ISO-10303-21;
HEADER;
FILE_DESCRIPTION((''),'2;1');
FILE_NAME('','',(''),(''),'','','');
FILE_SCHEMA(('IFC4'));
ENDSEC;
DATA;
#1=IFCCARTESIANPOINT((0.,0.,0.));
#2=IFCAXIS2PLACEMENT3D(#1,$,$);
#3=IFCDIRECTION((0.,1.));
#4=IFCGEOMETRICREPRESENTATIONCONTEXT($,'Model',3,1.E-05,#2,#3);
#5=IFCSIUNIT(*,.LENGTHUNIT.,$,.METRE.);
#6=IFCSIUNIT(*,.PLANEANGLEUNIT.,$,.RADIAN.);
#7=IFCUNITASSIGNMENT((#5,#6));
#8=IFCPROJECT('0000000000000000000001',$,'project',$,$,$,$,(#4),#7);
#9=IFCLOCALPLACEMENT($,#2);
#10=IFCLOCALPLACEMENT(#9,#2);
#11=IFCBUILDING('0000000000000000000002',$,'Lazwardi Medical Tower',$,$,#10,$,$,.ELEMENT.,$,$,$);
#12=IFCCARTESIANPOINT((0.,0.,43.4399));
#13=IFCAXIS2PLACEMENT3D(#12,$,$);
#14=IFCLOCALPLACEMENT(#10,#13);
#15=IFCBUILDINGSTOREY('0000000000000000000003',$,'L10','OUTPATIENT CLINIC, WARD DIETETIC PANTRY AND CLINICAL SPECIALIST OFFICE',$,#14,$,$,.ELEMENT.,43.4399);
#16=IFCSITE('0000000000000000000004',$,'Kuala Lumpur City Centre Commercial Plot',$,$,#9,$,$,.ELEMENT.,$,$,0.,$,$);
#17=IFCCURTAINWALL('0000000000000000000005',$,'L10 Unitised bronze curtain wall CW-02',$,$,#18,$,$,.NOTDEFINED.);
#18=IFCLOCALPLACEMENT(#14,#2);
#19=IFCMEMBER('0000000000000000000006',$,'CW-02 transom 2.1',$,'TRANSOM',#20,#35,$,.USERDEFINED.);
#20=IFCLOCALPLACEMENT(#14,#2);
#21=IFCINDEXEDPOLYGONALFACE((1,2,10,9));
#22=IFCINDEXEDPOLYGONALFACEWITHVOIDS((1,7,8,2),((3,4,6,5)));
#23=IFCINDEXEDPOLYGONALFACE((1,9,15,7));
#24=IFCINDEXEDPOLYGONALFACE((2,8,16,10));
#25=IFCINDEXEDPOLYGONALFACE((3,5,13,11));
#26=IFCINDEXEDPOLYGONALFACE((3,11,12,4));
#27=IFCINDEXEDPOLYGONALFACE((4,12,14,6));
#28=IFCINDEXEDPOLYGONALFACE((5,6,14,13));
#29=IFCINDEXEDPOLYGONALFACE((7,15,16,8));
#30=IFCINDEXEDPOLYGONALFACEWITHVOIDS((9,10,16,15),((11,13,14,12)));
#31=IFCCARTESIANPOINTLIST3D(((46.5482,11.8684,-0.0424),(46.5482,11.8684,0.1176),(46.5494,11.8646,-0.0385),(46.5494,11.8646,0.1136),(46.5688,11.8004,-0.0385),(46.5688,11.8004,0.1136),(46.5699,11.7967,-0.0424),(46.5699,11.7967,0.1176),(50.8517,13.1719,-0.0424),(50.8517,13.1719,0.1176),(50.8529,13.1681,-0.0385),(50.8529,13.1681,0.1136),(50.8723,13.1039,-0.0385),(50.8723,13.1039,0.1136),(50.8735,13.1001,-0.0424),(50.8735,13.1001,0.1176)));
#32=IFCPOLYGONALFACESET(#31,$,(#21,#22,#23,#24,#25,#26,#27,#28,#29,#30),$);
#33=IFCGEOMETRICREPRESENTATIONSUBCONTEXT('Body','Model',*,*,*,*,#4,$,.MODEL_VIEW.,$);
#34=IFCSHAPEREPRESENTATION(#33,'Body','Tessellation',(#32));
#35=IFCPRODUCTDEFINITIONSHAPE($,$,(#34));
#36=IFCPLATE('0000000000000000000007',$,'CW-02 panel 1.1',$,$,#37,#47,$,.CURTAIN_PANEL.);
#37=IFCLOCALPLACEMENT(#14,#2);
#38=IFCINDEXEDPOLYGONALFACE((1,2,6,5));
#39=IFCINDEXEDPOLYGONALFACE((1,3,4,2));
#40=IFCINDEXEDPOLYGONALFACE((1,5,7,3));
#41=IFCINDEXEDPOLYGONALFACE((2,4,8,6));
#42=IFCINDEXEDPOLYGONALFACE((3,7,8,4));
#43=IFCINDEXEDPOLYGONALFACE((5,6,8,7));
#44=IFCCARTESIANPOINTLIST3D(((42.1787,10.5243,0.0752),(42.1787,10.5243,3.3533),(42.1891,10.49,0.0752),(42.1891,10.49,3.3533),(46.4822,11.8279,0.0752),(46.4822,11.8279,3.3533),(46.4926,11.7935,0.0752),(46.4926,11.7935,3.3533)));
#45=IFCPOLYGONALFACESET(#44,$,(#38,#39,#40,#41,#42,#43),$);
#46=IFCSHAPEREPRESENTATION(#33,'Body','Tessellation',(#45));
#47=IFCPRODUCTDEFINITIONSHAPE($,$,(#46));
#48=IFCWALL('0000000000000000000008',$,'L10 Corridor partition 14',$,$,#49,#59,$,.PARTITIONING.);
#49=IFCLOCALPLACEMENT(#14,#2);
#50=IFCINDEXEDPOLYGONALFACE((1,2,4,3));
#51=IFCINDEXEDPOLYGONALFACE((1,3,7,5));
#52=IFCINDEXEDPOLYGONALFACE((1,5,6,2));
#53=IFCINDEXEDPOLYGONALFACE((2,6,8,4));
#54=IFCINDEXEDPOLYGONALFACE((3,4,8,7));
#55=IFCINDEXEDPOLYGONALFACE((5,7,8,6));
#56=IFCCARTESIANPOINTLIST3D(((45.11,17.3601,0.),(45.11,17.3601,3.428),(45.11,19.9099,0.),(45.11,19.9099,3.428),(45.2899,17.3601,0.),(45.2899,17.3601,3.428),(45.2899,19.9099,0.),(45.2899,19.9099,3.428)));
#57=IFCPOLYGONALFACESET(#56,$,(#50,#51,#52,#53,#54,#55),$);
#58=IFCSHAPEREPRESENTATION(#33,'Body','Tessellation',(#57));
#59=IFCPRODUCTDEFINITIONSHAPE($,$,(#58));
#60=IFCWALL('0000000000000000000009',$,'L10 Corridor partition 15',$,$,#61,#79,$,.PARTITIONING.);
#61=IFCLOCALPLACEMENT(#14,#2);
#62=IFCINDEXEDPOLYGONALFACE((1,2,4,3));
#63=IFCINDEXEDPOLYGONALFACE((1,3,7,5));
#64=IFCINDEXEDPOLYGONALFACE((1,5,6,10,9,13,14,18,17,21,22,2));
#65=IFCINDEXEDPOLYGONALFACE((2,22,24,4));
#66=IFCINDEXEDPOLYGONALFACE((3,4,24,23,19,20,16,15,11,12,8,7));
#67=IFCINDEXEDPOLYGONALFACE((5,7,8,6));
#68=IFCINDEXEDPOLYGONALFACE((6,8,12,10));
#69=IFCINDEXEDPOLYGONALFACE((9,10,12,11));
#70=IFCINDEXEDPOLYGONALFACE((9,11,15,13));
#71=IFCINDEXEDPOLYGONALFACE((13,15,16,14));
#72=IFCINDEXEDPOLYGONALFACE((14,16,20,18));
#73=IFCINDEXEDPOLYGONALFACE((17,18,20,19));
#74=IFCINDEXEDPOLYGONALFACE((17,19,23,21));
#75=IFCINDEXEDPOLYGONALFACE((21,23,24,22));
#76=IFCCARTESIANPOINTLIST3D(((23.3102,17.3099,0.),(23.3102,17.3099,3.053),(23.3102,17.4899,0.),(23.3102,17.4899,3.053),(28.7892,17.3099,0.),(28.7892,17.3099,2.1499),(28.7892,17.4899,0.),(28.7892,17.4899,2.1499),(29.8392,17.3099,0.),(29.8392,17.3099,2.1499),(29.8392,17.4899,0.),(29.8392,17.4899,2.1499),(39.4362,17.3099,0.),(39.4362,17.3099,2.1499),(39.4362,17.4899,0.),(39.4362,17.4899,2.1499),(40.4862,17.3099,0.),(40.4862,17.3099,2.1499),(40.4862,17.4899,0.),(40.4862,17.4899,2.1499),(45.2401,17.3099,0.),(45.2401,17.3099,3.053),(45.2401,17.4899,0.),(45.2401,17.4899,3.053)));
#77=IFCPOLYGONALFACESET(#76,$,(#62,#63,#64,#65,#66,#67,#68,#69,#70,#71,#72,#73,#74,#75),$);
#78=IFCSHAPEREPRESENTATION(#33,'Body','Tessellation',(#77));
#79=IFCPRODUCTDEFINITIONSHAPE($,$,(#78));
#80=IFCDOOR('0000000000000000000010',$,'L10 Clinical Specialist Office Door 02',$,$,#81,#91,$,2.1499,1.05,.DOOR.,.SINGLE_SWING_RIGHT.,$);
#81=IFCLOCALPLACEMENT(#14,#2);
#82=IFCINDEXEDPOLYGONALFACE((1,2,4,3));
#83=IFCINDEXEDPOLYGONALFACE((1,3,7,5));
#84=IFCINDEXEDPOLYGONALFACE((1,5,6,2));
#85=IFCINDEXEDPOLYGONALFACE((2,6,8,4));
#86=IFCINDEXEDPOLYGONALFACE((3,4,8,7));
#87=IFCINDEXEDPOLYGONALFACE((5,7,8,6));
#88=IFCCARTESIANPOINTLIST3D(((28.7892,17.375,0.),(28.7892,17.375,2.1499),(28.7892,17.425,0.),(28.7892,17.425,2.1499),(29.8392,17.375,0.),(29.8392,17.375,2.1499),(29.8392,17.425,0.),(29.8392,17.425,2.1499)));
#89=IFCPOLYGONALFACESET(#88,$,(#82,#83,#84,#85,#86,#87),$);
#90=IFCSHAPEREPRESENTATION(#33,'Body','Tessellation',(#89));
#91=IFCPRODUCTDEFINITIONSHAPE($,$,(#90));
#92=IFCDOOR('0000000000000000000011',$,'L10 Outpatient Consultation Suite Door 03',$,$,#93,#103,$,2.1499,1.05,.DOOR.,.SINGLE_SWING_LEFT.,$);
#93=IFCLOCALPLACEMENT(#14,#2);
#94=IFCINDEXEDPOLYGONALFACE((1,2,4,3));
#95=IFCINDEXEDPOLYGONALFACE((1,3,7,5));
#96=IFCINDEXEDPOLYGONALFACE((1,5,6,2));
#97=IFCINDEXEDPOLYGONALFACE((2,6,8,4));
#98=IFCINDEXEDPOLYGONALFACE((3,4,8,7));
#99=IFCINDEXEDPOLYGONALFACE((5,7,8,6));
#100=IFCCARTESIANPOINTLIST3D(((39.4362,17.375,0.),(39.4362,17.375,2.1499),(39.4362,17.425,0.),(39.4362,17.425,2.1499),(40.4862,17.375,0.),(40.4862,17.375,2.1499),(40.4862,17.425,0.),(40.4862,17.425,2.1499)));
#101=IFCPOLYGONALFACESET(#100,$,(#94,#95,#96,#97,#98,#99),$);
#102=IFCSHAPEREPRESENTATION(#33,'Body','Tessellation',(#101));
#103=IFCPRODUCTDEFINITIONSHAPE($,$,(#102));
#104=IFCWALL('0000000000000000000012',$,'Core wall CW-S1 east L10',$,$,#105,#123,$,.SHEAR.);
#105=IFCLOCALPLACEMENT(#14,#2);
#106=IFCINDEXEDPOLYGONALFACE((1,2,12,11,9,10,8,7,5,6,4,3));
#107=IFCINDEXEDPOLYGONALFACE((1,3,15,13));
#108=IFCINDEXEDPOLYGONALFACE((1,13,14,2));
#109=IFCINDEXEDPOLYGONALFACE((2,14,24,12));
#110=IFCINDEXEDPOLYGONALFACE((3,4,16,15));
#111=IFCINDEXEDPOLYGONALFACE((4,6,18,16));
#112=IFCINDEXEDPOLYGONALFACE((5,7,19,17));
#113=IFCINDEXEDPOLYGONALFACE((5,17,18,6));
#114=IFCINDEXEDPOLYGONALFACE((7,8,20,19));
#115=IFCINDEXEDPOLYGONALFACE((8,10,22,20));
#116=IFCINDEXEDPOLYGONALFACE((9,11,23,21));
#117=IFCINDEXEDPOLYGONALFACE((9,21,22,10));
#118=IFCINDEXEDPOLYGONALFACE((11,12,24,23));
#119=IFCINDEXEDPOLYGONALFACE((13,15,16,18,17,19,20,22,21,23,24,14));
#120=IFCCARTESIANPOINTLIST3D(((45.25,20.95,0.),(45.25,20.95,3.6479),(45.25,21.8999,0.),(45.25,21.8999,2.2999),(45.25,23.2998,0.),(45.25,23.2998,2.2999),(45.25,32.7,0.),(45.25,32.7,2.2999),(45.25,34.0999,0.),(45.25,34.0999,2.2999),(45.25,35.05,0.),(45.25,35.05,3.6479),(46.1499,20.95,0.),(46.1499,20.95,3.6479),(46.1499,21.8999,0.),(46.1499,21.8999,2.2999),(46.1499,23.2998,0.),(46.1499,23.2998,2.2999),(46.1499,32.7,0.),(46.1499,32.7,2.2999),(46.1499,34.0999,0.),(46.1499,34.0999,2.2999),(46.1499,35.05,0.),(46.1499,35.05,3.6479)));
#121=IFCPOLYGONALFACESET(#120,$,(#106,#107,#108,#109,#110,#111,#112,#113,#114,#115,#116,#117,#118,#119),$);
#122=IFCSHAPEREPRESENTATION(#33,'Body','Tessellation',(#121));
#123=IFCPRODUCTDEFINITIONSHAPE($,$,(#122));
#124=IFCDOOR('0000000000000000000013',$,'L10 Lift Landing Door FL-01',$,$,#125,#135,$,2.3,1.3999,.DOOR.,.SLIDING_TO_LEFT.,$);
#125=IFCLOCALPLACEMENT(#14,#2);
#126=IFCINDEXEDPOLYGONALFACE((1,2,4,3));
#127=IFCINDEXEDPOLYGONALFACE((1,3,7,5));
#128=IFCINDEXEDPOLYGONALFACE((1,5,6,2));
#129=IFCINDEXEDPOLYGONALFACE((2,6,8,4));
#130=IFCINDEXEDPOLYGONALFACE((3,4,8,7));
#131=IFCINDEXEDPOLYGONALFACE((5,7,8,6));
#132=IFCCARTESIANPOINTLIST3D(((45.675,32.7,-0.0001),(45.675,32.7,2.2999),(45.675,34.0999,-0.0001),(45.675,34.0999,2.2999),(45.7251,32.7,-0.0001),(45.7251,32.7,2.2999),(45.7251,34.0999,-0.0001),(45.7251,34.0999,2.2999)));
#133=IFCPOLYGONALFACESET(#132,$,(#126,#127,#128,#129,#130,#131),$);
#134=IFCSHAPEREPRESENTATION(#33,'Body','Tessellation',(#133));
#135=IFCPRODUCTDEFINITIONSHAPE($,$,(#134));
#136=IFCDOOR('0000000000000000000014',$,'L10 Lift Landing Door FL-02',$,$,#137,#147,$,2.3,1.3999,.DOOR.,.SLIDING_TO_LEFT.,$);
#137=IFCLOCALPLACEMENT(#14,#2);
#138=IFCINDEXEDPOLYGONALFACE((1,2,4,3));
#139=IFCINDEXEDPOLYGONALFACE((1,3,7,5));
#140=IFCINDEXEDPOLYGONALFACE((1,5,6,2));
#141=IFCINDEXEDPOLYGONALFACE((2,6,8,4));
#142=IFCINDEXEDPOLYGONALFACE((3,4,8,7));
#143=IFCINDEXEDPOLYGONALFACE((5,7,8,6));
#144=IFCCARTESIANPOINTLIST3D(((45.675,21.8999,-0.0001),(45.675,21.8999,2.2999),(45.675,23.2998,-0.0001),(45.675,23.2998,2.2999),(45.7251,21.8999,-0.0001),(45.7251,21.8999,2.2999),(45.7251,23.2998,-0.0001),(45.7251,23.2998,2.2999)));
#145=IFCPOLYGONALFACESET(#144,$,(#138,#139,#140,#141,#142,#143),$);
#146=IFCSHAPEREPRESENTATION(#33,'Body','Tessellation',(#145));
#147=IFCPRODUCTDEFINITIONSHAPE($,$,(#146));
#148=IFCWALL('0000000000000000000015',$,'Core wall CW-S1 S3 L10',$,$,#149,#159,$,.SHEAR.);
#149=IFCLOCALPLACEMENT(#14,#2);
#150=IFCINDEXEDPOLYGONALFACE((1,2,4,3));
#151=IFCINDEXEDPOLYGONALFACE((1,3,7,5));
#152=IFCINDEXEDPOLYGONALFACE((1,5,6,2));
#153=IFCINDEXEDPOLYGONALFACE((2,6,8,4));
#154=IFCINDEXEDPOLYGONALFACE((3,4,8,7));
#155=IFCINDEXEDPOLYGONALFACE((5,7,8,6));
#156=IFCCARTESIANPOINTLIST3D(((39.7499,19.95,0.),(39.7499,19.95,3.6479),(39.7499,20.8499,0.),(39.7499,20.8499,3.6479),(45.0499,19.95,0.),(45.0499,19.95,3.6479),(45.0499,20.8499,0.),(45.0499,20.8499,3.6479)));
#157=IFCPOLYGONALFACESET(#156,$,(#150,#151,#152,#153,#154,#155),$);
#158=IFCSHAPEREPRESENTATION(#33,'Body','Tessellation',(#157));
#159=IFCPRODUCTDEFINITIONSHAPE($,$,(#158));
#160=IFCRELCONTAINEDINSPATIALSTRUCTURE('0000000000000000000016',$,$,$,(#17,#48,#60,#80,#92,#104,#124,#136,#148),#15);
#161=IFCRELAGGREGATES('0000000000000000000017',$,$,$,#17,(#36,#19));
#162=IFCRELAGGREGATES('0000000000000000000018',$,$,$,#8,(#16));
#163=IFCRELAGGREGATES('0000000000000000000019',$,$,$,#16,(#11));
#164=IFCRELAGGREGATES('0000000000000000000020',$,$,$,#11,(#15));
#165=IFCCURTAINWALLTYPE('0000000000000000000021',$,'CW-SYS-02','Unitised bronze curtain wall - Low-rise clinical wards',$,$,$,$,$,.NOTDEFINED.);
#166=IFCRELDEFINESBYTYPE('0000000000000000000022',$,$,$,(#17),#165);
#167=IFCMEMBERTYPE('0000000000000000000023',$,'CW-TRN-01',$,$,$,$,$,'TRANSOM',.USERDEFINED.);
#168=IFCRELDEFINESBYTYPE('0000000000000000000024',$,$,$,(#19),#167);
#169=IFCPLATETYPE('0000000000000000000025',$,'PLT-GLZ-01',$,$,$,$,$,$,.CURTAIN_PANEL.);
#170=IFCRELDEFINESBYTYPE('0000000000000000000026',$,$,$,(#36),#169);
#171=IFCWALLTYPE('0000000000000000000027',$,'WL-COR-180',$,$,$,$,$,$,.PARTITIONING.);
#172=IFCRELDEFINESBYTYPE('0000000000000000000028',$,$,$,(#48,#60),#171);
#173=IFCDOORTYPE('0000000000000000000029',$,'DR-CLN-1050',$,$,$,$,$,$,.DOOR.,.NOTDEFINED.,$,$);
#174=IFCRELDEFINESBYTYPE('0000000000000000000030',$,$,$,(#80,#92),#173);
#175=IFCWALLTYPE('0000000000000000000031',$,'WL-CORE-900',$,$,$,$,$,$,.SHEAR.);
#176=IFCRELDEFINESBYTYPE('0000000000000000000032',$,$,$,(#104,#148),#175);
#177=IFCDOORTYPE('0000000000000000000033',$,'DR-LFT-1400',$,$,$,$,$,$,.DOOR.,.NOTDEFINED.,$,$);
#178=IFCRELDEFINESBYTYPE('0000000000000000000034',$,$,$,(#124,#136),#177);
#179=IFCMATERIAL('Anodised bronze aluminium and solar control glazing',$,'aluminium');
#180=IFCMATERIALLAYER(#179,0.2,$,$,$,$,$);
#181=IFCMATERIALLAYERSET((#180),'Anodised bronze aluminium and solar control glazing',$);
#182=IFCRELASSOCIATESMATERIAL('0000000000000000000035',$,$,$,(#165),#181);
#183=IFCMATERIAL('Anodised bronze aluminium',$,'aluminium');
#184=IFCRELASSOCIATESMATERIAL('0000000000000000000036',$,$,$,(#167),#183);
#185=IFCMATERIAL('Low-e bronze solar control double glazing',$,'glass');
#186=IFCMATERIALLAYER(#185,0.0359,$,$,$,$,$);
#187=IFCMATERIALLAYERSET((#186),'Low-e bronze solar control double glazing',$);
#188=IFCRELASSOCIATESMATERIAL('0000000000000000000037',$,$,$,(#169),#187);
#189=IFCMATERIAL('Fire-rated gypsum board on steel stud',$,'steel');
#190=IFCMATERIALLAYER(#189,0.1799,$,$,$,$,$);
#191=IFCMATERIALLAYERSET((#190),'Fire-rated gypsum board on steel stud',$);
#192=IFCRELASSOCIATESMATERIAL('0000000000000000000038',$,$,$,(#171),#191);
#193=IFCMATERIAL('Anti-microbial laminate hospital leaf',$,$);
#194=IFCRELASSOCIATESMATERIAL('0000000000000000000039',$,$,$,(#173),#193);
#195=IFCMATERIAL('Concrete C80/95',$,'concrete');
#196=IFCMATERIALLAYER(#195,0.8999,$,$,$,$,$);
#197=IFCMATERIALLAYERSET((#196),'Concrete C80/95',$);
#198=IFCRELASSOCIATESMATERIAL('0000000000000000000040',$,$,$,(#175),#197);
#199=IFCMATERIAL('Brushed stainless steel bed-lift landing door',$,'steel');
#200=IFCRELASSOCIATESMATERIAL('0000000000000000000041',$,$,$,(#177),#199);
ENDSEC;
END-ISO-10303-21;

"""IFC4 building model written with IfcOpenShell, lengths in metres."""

from ifc_helpers import new_model, si_unit, direction, frame, frame_2d, origin, origin_2d, place, context, subcontext, project, spatial, rectangle, hollow_rectangle, extrude, material, layer, layer_set, material_profile, profile_set, type_object, element, fill, aggregate, save


model = new_model("IFC4")

# Units and contexts
model_context = context("Model", 3, precision=1e-05, world=origin(), true_north=direction((0.0, 1.0)))
body_context = subcontext(model_context, "Body", "Model", "MODEL_VIEW")
ifc_project = project(units=[si_unit("LENGTHUNIT", "METRE"), si_unit("PLANEANGLEUNIT", "RADIAN")], contexts=[model_context])

# Site, building, storey
site_placement = place(None, origin())
site = spatial("IfcSite", under=ifc_project, at=site_placement, Name="Kuala Lumpur City Centre Commercial Plot", CompositionType="ELEMENT", RefElevation=0.0)
building_placement = place(site_placement, origin())
building = spatial("IfcBuilding", under=site, at=building_placement, Name="Lazwardi Medical Tower", CompositionType="ELEMENT")
storey_placement = place(building_placement, frame((0.0, 0.0, 43.4399)))
storey = spatial("IfcBuildingStorey", under=building, at=storey_placement, Name="L10", Description="OUTPATIENT CLINIC, WARD DIETETIC PANTRY AND CLINICAL SPECIALIST OFFICE", CompositionType="ELEMENT", Elevation=43.4399)

# Shared definitions
ifc_material_1 = material(Name="Concrete C80/95", Category="concrete")

# Curtain wall, member, plate
ifc_material_2 = material(Name="Anodised bronze aluminium and solar control glazing", Category="aluminium")
ifc_layer_1 = layer(ifc_material_2, 0.2)
ifc_layer_set_1 = layer_set([ifc_layer_1], Name="Anodised bronze aluminium and solar control glazing")
curtain_wall_type = type_object("IfcCurtainWallType", Name="CW-SYS-02", Description="Unitised bronze curtain wall - Low-rise clinical wards", PredefinedType="NOTDEFINED", material=ifc_layer_set_1)
curtain_wall_placement = place(storey_placement, origin())
curtain_wall = element("IfcCurtainWall", 1, at=curtain_wall_placement, inside=storey, type_object=curtain_wall_type, Name="L10 Unitised bronze curtain wall CW-02", PredefinedType="NOTDEFINED")
ifc_material_3 = material(Name="Anodised bronze aluminium", Category="aluminium")
ifc_material_profile_1 = material_profile(ifc_material_3, hollow_rectangle(XDim=0.075, YDim=0.1599, WallThickness=0.0039, at=origin_2d()), Name="ALU-TRANSOM 160x75x4")
ifc_profile_set_1 = profile_set([ifc_material_profile_1], Name="Anodised bronze aluminium")
member_type_1 = type_object("IfcMemberType", Name="CW-TRN-01", ElementType="TRANSOM", PredefinedType="USERDEFINED", material=ifc_profile_set_1)
member_1_placement = place(storey_placement, frame((46.5591, 11.8325, 0.0376), z_axis=(0.957062, 0.289882, 0.0), x_axis=(-0.289882, 0.957062, 0.0)))
member_1 = element("IfcMember", 2, at=member_1_placement, type_object=member_type_1, Name="CW-02 transom 2.1", ObjectType="TRANSOM", PredefinedType="USERDEFINED", context=body_context, shape_type="SweptSolid", body=[
    extrude(hollow_rectangle(XDim=0.075, YDim=0.1599, WallThickness=0.0039, at=origin_2d()), origin(), (0.0, 0.0, 1.0), 4.4966),
])
ifc_material_4 = material(Name="Low-e bronze solar control double glazing", Category="glass")
ifc_layer_2 = layer(ifc_material_4, 0.0359)
ifc_layer_set_2 = layer_set([ifc_layer_2], Name="Low-e bronze solar control double glazing")
plate_type = type_object("IfcPlateType", Name="PLT-GLZ-01", PredefinedType="CURTAIN_PANEL", material=ifc_layer_set_2)
plate_placement = place(storey_placement, frame((44.3357, 11.1589, 0.0752), z_axis=(0.0, 0.0, 1.0), x_axis=(0.957058, 0.289896, 0.0)))
plate = element("IfcPlate", 3, at=plate_placement, type_object=plate_type, Name="CW-02 panel 1.1", PredefinedType="CURTAIN_PANEL", context=body_context, shape_type="SweptSolid", body=[
    extrude(rectangle(XDim=4.4966, YDim=0.0359, at=origin_2d()), origin(), (0.0, 0.0, 1.0), 3.2781),
])
aggregate(curtain_wall, [plate, member_1])

# Wall
ifc_material_5 = material(Name="Fire-rated gypsum board on steel stud", Category="steel")
ifc_layer_3 = layer(ifc_material_5, 0.1799)
ifc_layer_set_3 = layer_set([ifc_layer_3], Name="Fire-rated gypsum board on steel stud")
wall_type_1 = type_object("IfcWallType", Name="WL-COR-180", PredefinedType="PARTITIONING", material=ifc_layer_set_3)
wall_1_placement = place(storey_placement, frame((45.2, 19.9099, 0.0), z_axis=(0.0, 0.0, 1.0), x_axis=(0.0, -1.0, 0.0)))
element("IfcWall", 4, at=wall_1_placement, inside=storey, type_object=wall_type_1, Name="L10 Corridor partition 14", PredefinedType="PARTITIONING", context=body_context, shape_type="SweptSolid", body=[
    extrude(rectangle(XDim=2.5498, YDim=0.1799, at=frame_2d((1.2749, 0.0))), origin(), (0.0, 0.0, 1.0), 3.428),
])

# Walls, openings, doors
wall_2_placement = place(storey_placement, frame((45.24, 17.3999, 0.0), z_axis=(0.0, 0.0, 1.0), x_axis=(-1.0, 0.0, 0.0)))
wall_2 = element("IfcWall", 5, at=wall_2_placement, inside=storey, type_object=wall_type_1, Name="L10 Corridor partition 15", PredefinedType="PARTITIONING", context=body_context, shape_type="SweptSolid", body=[
    extrude(rectangle(XDim=21.9299, YDim=0.1799, at=frame_2d((10.9648, 0.0))), origin(), (0.0, 0.0, 1.0), 3.053),
])
opening_1_placement = place(wall_2_placement, frame((15.4009, 0.0, 0.0)))
opening_1 = element("IfcOpeningElement", 6, at=opening_1_placement, cuts=wall_2, PredefinedType="OPENING", context=body_context, shape_type="SweptSolid", body=[
    extrude(rectangle(XDim=1.05, YDim=2.1499, at=frame_2d((0.5249, 1.075))), frame((0.0, 0.0999, 0.0), z_axis=(0.0, -1.0, 0.0), x_axis=(1.0, 0.0, 0.0)), (0.0, 0.0, 1.0), 0.2),
])
opening_2_placement = place(wall_2_placement, frame((4.7539, 0.0, 0.0)))
opening_2 = element("IfcOpeningElement", 7, at=opening_2_placement, cuts=wall_2, PredefinedType="OPENING", context=body_context, shape_type="SweptSolid", body=[
    extrude(rectangle(XDim=1.05, YDim=2.1499, at=frame_2d((0.5249, 1.075))), frame((0.0, 0.0999, 0.0), z_axis=(0.0, -1.0, 0.0), x_axis=(1.0, 0.0, 0.0)), (0.0, 0.0, 1.0), 0.2),
])
ifc_material_6 = material(Name="Anti-microbial laminate hospital leaf")
door_type_1 = type_object("IfcDoorType", Name="DR-CLN-1050", OperationType="NOTDEFINED", PredefinedType="DOOR", material=ifc_material_6)
door_1_placement = place(opening_1_placement, origin())
door_1 = element("IfcDoor", 8, at=door_1_placement, inside=storey, type_object=door_type_1, Name="L10 Clinical Specialist Office Door 02", OperationType="SINGLE_SWING_RIGHT", OverallHeight=2.1499, OverallWidth=1.05, PredefinedType="DOOR", context=body_context, shape_type="SweptSolid", body=[
    extrude(rectangle(XDim=1.05, YDim=2.1499, at=frame_2d((0.5249, 1.075))), frame((0.0, 0.0249, 0.0), z_axis=(0.0, -1.0, 0.0), x_axis=(1.0, 0.0, 0.0)), (0.0, 0.0, 1.0), 0.05),
])
fill(opening_1, door_1)
door_2_placement = place(opening_2_placement, origin())
door_2 = element("IfcDoor", 9, at=door_2_placement, inside=storey, type_object=door_type_1, Name="L10 Outpatient Consultation Suite Door 03", OperationType="SINGLE_SWING_LEFT", OverallHeight=2.1499, OverallWidth=1.05, PredefinedType="DOOR", context=body_context, shape_type="SweptSolid", body=[
    extrude(rectangle(XDim=1.05, YDim=2.1499, at=frame_2d((0.5249, 1.075))), frame((0.0, 0.0249, 0.0), z_axis=(0.0, -1.0, 0.0), x_axis=(1.0, 0.0, 0.0)), (0.0, 0.0, 1.0), 0.05),
])
fill(opening_2, door_2)
ifc_layer_4 = layer(ifc_material_1, 0.8999)
ifc_layer_set_4 = layer_set([ifc_layer_4], Name="Concrete C80/95")
wall_type_2 = type_object("IfcWallType", Name="WL-CORE-900", PredefinedType="SHEAR", material=ifc_layer_set_4)
wall_3_placement = place(storey_placement, frame((45.7, 20.95, 0.0), z_axis=(0.0, 0.0, 1.0), x_axis=(0.0, 1.0, 0.0)))
wall_3 = element("IfcWall", 10, at=wall_3_placement, inside=storey, type_object=wall_type_2, Name="Core wall CW-S1 east L10", PredefinedType="SHEAR", context=body_context, shape_type="SweptSolid", body=[
    extrude(rectangle(XDim=14.1001, YDim=0.8999, at=frame_2d((7.05, 0.0))), origin(), (0.0, 0.0, 1.0), 3.6479),
])
opening_3_placement = place(wall_3_placement, frame((11.75, 0.0, 0.0)))
opening_3 = element("IfcOpeningElement", 11, at=opening_3_placement, cuts=wall_3, PredefinedType="OPENING", context=body_context, shape_type="SweptSolid", body=[
    extrude(rectangle(XDim=1.3999, YDim=2.3, at=frame_2d((0.7, 1.1499))), frame((0.0, 0.46, 0.0), z_axis=(0.0, -1.0, 0.0), x_axis=(1.0, 0.0, 0.0)), (0.0, 0.0, 1.0), 0.9199),
])
opening_4_placement = place(wall_3_placement, frame((0.95, 0.0, 0.0)))
opening_4 = element("IfcOpeningElement", 12, at=opening_4_placement, cuts=wall_3, PredefinedType="OPENING", context=body_context, shape_type="SweptSolid", body=[
    extrude(rectangle(XDim=1.3999, YDim=2.3, at=frame_2d((0.7, 1.1499))), frame((0.0, 0.46, 0.0), z_axis=(0.0, -1.0, 0.0), x_axis=(1.0, 0.0, 0.0)), (0.0, 0.0, 1.0), 0.9199),
])
ifc_material_7 = material(Name="Brushed stainless steel bed-lift landing door", Category="steel")
door_type_2 = type_object("IfcDoorType", Name="DR-LFT-1400", OperationType="NOTDEFINED", PredefinedType="DOOR", material=ifc_material_7)
door_3_placement = place(opening_3_placement, origin())
door_3 = element("IfcDoor", 13, at=door_3_placement, inside=storey, type_object=door_type_2, Name="L10 Lift Landing Door FL-01", OperationType="SLIDING_TO_LEFT", OverallHeight=2.3, OverallWidth=1.3999, PredefinedType="DOOR", context=body_context, shape_type="SweptSolid", body=[
    extrude(rectangle(XDim=1.3999, YDim=2.3, at=frame_2d((0.7, 1.1499))), frame((0.0, 0.0249, 0.0), z_axis=(0.0, -1.0, 0.0), x_axis=(1.0, 0.0, 0.0)), (0.0, 0.0, 1.0), 0.05),
])
fill(opening_3, door_3)
door_4_placement = place(opening_4_placement, origin())
door_4 = element("IfcDoor", 14, at=door_4_placement, inside=storey, type_object=door_type_2, Name="L10 Lift Landing Door FL-02", OperationType="SLIDING_TO_LEFT", OverallHeight=2.3, OverallWidth=1.3999, PredefinedType="DOOR", context=body_context, shape_type="SweptSolid", body=[
    extrude(rectangle(XDim=1.3999, YDim=2.3, at=frame_2d((0.7, 1.1499))), frame((0.0, 0.0249, 0.0), z_axis=(0.0, -1.0, 0.0), x_axis=(1.0, 0.0, 0.0)), (0.0, 0.0, 1.0), 0.05),
])
fill(opening_4, door_4)

# Wall
wall_4_placement = place(storey_placement, frame((39.75, 20.3999, 0.0), z_axis=(0.0, 0.0, 1.0), x_axis=(1.0, 0.0, 0.0)))
element("IfcWall", 15, at=wall_4_placement, inside=storey, type_object=wall_type_2, Name="Core wall CW-S1 S3 L10", PredefinedType="SHEAR", context=body_context, shape_type="SweptSolid", body=[
    extrude(rectangle(XDim=5.3, YDim=0.8999, at=frame_2d((2.6499, 0.0))), origin(), (0.0, 0.0, 1.0), 3.6479),
])

save(model, "model.ifc")
